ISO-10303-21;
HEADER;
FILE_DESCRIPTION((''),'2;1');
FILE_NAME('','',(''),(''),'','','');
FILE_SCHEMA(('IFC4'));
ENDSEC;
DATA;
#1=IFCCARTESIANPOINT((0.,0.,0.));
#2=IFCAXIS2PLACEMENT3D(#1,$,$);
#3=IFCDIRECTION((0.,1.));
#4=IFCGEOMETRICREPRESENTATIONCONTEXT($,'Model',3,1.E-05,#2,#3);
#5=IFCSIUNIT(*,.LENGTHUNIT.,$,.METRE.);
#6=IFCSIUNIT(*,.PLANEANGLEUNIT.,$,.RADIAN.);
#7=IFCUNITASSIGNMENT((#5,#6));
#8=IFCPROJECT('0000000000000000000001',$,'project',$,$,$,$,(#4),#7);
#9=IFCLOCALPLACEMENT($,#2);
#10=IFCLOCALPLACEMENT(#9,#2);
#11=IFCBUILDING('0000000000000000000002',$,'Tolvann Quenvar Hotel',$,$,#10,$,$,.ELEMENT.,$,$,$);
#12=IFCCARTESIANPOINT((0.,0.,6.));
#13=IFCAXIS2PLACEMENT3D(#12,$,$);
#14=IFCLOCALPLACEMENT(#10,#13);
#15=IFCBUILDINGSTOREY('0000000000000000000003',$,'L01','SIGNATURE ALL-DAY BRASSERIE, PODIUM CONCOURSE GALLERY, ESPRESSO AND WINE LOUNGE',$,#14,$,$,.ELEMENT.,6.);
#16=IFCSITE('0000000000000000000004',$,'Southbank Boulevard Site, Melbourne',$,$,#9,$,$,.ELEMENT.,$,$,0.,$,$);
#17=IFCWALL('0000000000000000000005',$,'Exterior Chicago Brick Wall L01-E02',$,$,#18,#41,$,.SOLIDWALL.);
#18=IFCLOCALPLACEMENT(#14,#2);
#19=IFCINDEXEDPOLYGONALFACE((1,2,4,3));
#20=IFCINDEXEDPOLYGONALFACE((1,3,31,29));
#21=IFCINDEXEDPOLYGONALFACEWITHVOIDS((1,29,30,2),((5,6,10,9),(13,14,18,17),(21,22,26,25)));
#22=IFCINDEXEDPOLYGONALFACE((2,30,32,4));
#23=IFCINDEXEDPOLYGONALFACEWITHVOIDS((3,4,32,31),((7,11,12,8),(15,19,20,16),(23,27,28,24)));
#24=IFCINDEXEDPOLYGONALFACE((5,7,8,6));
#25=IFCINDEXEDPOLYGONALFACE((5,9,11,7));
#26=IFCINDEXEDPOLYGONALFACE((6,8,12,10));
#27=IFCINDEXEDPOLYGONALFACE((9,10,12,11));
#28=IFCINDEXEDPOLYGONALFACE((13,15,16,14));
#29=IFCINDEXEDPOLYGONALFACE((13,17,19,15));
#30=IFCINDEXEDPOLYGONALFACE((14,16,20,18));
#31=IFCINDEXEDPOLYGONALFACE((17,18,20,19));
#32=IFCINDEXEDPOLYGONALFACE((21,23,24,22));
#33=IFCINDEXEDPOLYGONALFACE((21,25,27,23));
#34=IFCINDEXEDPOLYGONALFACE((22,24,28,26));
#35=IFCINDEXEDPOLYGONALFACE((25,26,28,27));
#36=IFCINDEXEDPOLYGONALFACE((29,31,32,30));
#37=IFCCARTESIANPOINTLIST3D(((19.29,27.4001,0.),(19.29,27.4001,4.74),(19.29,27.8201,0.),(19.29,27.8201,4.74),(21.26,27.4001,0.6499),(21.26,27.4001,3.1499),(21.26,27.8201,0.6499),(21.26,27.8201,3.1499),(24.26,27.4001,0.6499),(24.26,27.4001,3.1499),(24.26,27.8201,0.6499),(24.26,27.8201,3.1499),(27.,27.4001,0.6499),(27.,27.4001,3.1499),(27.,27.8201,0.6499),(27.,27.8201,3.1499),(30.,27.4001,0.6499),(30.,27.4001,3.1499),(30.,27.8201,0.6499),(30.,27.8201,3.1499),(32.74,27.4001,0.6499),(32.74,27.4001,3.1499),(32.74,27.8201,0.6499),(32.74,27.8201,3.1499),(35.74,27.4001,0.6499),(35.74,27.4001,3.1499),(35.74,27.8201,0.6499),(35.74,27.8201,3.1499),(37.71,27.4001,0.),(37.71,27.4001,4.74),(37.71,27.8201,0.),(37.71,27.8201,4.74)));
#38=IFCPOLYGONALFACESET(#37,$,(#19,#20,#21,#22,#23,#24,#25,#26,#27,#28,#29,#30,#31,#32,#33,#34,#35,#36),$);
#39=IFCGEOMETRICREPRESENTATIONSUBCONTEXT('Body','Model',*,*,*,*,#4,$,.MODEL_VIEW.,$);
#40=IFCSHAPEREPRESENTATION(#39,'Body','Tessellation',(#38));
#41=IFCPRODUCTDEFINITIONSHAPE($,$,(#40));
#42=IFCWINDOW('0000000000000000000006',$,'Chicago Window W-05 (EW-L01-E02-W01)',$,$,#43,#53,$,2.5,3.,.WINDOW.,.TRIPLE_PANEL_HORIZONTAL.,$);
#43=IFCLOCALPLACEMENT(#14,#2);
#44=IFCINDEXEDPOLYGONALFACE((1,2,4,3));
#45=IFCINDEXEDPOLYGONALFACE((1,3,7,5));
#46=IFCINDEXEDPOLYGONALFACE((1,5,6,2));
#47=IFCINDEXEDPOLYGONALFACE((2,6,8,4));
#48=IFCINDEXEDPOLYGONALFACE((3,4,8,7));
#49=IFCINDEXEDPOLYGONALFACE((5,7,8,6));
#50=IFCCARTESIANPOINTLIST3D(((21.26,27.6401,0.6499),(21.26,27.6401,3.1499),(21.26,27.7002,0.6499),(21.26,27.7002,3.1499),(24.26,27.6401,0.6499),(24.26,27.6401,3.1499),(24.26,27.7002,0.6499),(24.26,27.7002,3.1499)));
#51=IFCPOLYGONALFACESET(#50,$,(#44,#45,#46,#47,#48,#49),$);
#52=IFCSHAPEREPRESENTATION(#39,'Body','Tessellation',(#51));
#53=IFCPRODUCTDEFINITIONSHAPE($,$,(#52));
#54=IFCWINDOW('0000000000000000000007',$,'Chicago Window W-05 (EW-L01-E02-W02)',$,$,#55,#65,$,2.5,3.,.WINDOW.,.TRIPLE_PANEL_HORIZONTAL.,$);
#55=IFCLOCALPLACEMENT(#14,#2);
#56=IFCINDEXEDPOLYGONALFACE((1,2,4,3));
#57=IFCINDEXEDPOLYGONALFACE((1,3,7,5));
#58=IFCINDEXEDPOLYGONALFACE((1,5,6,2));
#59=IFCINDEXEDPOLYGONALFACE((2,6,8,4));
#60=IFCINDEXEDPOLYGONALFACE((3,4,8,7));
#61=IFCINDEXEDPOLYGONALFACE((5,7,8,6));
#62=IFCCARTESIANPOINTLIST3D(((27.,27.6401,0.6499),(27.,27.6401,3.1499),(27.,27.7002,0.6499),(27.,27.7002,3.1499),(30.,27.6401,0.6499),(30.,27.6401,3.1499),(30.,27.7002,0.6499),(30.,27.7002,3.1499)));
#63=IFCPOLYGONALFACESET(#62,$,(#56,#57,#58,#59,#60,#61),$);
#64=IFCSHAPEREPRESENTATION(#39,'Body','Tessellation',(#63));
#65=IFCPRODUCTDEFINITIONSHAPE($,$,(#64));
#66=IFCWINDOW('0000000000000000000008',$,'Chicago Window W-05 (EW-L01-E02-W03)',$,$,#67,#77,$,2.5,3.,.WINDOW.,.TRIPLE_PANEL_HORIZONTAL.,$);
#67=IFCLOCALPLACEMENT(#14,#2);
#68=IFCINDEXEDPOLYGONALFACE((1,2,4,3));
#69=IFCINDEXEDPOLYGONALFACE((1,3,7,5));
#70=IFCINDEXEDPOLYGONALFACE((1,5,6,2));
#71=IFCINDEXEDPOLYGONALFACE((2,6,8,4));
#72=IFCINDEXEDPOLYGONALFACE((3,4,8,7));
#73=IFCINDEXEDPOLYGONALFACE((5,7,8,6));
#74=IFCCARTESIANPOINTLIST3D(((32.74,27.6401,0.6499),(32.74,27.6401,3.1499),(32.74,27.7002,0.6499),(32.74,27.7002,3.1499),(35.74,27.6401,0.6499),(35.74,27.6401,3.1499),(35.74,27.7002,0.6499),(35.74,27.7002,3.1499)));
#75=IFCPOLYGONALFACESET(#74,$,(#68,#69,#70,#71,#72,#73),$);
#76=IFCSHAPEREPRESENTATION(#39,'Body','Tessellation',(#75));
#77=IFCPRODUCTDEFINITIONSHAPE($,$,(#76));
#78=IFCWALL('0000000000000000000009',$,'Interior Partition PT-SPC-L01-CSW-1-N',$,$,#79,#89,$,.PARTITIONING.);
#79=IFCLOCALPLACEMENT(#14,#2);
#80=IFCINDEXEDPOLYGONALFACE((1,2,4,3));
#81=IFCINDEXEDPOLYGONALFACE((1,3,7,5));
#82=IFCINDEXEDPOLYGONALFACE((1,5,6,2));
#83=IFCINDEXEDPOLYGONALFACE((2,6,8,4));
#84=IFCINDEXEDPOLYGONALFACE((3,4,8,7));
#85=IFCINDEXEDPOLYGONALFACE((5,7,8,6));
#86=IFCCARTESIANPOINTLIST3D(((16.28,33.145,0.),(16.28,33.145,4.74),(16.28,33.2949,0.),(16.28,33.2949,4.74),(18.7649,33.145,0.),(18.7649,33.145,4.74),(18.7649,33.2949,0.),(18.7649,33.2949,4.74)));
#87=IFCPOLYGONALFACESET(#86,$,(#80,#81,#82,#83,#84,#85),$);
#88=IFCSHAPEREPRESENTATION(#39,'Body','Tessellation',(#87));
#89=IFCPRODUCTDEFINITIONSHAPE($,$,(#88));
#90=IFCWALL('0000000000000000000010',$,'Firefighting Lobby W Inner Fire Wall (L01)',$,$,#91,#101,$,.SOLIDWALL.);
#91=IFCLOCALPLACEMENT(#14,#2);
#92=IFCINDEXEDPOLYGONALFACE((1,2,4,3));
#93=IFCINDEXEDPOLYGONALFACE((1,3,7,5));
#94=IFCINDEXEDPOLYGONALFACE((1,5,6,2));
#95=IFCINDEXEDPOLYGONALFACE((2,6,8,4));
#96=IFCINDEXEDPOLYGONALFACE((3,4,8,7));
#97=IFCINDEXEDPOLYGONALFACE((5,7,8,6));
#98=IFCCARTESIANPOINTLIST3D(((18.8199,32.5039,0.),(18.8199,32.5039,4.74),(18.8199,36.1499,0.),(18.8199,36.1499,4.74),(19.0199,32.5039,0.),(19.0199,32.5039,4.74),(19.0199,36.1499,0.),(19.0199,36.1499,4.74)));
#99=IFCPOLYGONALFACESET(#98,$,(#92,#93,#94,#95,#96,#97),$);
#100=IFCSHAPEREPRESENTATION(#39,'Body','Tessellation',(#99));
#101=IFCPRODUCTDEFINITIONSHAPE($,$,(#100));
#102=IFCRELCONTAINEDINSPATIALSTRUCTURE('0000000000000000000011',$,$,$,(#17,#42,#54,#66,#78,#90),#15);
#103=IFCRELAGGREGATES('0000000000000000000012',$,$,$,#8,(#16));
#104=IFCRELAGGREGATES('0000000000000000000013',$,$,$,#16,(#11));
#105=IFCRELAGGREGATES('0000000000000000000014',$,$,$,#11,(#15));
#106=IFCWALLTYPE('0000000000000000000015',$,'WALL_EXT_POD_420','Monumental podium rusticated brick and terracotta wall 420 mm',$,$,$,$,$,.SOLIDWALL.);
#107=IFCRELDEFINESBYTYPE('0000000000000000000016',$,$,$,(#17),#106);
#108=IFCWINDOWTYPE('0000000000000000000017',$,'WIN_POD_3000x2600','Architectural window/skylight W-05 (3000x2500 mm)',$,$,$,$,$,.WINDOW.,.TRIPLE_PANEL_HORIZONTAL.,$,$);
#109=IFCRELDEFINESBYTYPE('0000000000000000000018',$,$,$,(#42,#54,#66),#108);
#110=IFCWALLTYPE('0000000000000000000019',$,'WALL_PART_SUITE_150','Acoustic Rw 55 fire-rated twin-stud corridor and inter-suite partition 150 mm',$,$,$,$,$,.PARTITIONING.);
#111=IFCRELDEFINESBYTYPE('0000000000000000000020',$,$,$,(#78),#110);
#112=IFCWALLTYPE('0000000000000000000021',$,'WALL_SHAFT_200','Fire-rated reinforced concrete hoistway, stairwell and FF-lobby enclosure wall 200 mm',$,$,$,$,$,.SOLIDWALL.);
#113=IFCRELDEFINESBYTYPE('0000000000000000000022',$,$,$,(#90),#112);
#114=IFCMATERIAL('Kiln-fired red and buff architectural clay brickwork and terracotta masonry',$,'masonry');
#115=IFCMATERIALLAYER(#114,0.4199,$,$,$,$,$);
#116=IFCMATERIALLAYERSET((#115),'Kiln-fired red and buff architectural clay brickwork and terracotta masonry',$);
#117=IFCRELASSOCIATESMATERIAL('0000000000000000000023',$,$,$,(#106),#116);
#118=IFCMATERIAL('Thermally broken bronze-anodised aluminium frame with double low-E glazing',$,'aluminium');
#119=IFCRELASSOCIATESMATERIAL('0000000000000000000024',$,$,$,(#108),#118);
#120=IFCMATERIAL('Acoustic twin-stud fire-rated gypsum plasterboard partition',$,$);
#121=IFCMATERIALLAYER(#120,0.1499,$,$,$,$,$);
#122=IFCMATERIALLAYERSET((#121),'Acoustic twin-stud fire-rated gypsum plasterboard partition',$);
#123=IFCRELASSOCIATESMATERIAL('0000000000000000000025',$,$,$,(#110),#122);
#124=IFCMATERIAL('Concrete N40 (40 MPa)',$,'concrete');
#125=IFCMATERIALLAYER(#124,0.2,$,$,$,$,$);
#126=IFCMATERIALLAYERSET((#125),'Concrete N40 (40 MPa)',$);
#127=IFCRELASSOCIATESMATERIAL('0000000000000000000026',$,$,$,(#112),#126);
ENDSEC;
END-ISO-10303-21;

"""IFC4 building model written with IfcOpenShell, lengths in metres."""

from ifc_helpers import new_model, si_unit, direction, frame, frame_2d, origin, place, context, subcontext, project, spatial, rectangle, extrude, source, transform, mapped, material, layer, layer_set, type_object, type_shapes, element, fill, save


model = new_model("IFC4")

# Units and contexts
model_context = context("Model", 3, precision=1e-05, world=origin(), true_north=direction((0.0, 1.0)))
body_context = subcontext(model_context, "Body", "Model", "MODEL_VIEW")
ifc_project = project(units=[si_unit("LENGTHUNIT", "METRE"), si_unit("PLANEANGLEUNIT", "RADIAN")], contexts=[model_context])

# Site, building, storey
site_placement = place(None, origin())
site = spatial("IfcSite", under=ifc_project, at=site_placement, Name="Southbank Boulevard Site, Melbourne", CompositionType="ELEMENT", RefElevation=0.0)
building_placement = place(site_placement, origin())
building = spatial("IfcBuilding", under=site, at=building_placement, Name="Tolvann Quenvar Hotel", CompositionType="ELEMENT")
storey_placement = place(building_placement, frame((0.0, 0.0, 6.0)))
storey = spatial("IfcBuildingStorey", under=building, at=storey_placement, Name="L01", Description="SIGNATURE ALL-DAY BRASSERIE, PODIUM CONCOURSE GALLERY, ESPRESSO AND WINE LOUNGE", CompositionType="ELEMENT", Elevation=6.0)

# Wall, openings, windows
ifc_material_1 = material(Name="Kiln-fired red and buff architectural clay brickwork and terracotta masonry", Category="masonry")
ifc_layer_1 = layer(ifc_material_1, 0.4199)
ifc_layer_set_1 = layer_set([ifc_layer_1], Name="Kiln-fired red and buff architectural clay brickwork and terracotta masonry")
wall_type_1 = type_object("IfcWallType", Name="WALL_EXT_POD_420", Description="Monumental podium rusticated brick and terracotta wall 420 mm", PredefinedType="SOLIDWALL", material=ifc_layer_set_1)
wall_1_placement = place(storey_placement, frame((19.29, 27.6101, 0.0), z_axis=(0.0, 0.0, 1.0), x_axis=(1.0, 0.0, 0.0)))
wall_1 = element("IfcWall", 1, at=wall_1_placement, inside=storey, type_object=wall_type_1, Name="Exterior Chicago Brick Wall L01-E02", PredefinedType="SOLIDWALL", context=body_context, shape_type="SweptSolid", body=[
    extrude(rectangle(XDim=18.4199, YDim=0.4199, at=frame_2d((9.21, 0.0))), origin(), (0.0, 0.0, 1.0), 4.74),
])
opening_1_placement = place(wall_1_placement, frame((1.97, 0.0, 0.6499)))
opening_1 = element("IfcOpeningElement", 2, at=opening_1_placement, cuts=wall_1, PredefinedType="OPENING", context=body_context, shape_type="SweptSolid", body=[
    extrude(rectangle(XDim=3.0, YDim=2.5, at=frame_2d((1.5, 1.25))), frame((0.0, 0.22, 0.0), z_axis=(0.0, -1.0, 0.0), x_axis=(1.0, 0.0, 0.0)), (0.0, 0.0, 1.0), 0.4399),
])
opening_2_placement = place(wall_1_placement, frame((7.71, 0.0, 0.6499)))
opening_2 = element("IfcOpeningElement", 3, at=opening_2_placement, cuts=wall_1, PredefinedType="OPENING", context=body_context, shape_type="SweptSolid", body=[
    extrude(rectangle(XDim=3.0, YDim=2.5, at=frame_2d((1.5, 1.25))), frame((0.0, 0.22, 0.0), z_axis=(0.0, -1.0, 0.0), x_axis=(1.0, 0.0, 0.0)), (0.0, 0.0, 1.0), 0.4399),
])
opening_3_placement = place(wall_1_placement, frame((13.45, 0.0, 0.6499)))
opening_3 = element("IfcOpeningElement", 4, at=opening_3_placement, cuts=wall_1, PredefinedType="OPENING", context=body_context, shape_type="SweptSolid", body=[
    extrude(rectangle(XDim=3.0, YDim=2.5, at=frame_2d((1.5, 1.25))), frame((0.0, 0.22, 0.0), z_axis=(0.0, -1.0, 0.0), x_axis=(1.0, 0.0, 0.0)), (0.0, 0.0, 1.0), 0.4399),
])
ifc_material_2 = material(Name="Thermally broken bronze-anodised aluminium frame with double low-E glazing", Category="aluminium")
window_type = type_object("IfcWindowType", Name="WIN_POD_3000x2600", Description="Architectural window/skylight W-05 (3000x2500 mm)", PartitioningType="TRIPLE_PANEL_HORIZONTAL", PredefinedType="WINDOW", material=ifc_material_2)
shared_shape_1 = source(origin(), body_context, "Body", "SweptSolid", [
    extrude(rectangle(XDim=3.0, YDim=2.5, at=frame_2d((1.5, 1.25))), frame((0.0, 0.0901, 0.0), z_axis=(0.0, -1.0, 0.0), x_axis=(1.0, 0.0, 0.0)), (0.0, 0.0, 1.0), 0.0601),
])
type_shapes(window_type, [shared_shape_1])
window_1_placement = place(opening_1_placement, origin())
window_1 = element("IfcWindow", 5, at=window_1_placement, inside=storey, type_object=window_type, Name="Chicago Window W-05 (EW-L01-E02-W01)", OverallHeight=2.5, OverallWidth=3.0, PartitioningType="TRIPLE_PANEL_HORIZONTAL", PredefinedType="WINDOW", context=body_context, shape_type="MappedRepresentation", body=[
    mapped(shared_shape_1, transform((0.0, 0.0, 0.0), x_axis=(1.0, 0.0, 0.0), y_axis=(0.0, 1.0, 0.0), z_axis=(0.0, 0.0, 1.0), scale=1.0)),
])
fill(opening_1, window_1)
window_2_placement = place(opening_2_placement, origin())
window_2 = element("IfcWindow", 6, at=window_2_placement, inside=storey, type_object=window_type, Name="Chicago Window W-05 (EW-L01-E02-W02)", OverallHeight=2.5, OverallWidth=3.0, PartitioningType="TRIPLE_PANEL_HORIZONTAL", PredefinedType="WINDOW", context=body_context, shape_type="MappedRepresentation", body=[
    mapped(shared_shape_1, transform((0.0, 0.0, 0.0), x_axis=(1.0, 0.0, 0.0), y_axis=(0.0, 1.0, 0.0), z_axis=(0.0, 0.0, 1.0), scale=1.0)),
])
fill(opening_2, window_2)
window_3_placement = place(opening_3_placement, origin())
window_3 = element("IfcWindow", 7, at=window_3_placement, inside=storey, type_object=window_type, Name="Chicago Window W-05 (EW-L01-E02-W03)", OverallHeight=2.5, OverallWidth=3.0, PartitioningType="TRIPLE_PANEL_HORIZONTAL", PredefinedType="WINDOW", context=body_context, shape_type="MappedRepresentation", body=[
    mapped(shared_shape_1, transform((0.0, 0.0, 0.0), x_axis=(1.0, 0.0, 0.0), y_axis=(0.0, 1.0, 0.0), z_axis=(0.0, 0.0, 1.0), scale=1.0)),
])
fill(opening_3, window_3)

# Walls
ifc_material_3 = material(Name="Acoustic twin-stud fire-rated gypsum plasterboard partition")
ifc_layer_2 = layer(ifc_material_3, 0.1499)
ifc_layer_set_2 = layer_set([ifc_layer_2], Name="Acoustic twin-stud fire-rated gypsum plasterboard partition")
wall_type_2 = type_object("IfcWallType", Name="WALL_PART_SUITE_150", Description="Acoustic Rw 55 fire-rated twin-stud corridor and inter-suite partition 150 mm", PredefinedType="PARTITIONING", material=ifc_layer_set_2)
wall_2_placement = place(storey_placement, frame((16.28, 33.22, 0.0), z_axis=(0.0, 0.0, 1.0), x_axis=(1.0, 0.0, 0.0)))
element("IfcWall", 8, at=wall_2_placement, inside=storey, type_object=wall_type_2, Name="Interior Partition PT-SPC-L01-CSW-1-N", PredefinedType="PARTITIONING", context=body_context, shape_type="SweptSolid", body=[
    extrude(rectangle(XDim=2.4849, YDim=0.1499, at=frame_2d((1.2424, 0.0))), origin(), (0.0, 0.0, 1.0), 4.74),
])
ifc_material_4 = material(Name="Concrete N40 (40 MPa)", Category="concrete")
ifc_layer_3 = layer(ifc_material_4, 0.2)
ifc_layer_set_3 = layer_set([ifc_layer_3], Name="Concrete N40 (40 MPa)")
wall_type_3 = type_object("IfcWallType", Name="WALL_SHAFT_200", Description="Fire-rated reinforced concrete hoistway, stairwell and FF-lobby enclosure wall 200 mm", PredefinedType="SOLIDWALL", material=ifc_layer_set_3)
wall_3_placement = place(storey_placement, frame((18.9199, 32.5039, 0.0), z_axis=(0.0, 0.0, 1.0), x_axis=(0.0, 1.0, 0.0)))
element("IfcWall", 9, at=wall_3_placement, inside=storey, type_object=wall_type_3, Name="Firefighting Lobby W Inner Fire Wall (L01)", PredefinedType="SOLIDWALL", context=body_context, shape_type="SweptSolid", body=[
    extrude(rectangle(XDim=3.646, YDim=0.2, at=frame_2d((1.823, 0.0))), origin(), (0.0, 0.0, 1.0), 4.74),
])

save(model, "model.ifc")
